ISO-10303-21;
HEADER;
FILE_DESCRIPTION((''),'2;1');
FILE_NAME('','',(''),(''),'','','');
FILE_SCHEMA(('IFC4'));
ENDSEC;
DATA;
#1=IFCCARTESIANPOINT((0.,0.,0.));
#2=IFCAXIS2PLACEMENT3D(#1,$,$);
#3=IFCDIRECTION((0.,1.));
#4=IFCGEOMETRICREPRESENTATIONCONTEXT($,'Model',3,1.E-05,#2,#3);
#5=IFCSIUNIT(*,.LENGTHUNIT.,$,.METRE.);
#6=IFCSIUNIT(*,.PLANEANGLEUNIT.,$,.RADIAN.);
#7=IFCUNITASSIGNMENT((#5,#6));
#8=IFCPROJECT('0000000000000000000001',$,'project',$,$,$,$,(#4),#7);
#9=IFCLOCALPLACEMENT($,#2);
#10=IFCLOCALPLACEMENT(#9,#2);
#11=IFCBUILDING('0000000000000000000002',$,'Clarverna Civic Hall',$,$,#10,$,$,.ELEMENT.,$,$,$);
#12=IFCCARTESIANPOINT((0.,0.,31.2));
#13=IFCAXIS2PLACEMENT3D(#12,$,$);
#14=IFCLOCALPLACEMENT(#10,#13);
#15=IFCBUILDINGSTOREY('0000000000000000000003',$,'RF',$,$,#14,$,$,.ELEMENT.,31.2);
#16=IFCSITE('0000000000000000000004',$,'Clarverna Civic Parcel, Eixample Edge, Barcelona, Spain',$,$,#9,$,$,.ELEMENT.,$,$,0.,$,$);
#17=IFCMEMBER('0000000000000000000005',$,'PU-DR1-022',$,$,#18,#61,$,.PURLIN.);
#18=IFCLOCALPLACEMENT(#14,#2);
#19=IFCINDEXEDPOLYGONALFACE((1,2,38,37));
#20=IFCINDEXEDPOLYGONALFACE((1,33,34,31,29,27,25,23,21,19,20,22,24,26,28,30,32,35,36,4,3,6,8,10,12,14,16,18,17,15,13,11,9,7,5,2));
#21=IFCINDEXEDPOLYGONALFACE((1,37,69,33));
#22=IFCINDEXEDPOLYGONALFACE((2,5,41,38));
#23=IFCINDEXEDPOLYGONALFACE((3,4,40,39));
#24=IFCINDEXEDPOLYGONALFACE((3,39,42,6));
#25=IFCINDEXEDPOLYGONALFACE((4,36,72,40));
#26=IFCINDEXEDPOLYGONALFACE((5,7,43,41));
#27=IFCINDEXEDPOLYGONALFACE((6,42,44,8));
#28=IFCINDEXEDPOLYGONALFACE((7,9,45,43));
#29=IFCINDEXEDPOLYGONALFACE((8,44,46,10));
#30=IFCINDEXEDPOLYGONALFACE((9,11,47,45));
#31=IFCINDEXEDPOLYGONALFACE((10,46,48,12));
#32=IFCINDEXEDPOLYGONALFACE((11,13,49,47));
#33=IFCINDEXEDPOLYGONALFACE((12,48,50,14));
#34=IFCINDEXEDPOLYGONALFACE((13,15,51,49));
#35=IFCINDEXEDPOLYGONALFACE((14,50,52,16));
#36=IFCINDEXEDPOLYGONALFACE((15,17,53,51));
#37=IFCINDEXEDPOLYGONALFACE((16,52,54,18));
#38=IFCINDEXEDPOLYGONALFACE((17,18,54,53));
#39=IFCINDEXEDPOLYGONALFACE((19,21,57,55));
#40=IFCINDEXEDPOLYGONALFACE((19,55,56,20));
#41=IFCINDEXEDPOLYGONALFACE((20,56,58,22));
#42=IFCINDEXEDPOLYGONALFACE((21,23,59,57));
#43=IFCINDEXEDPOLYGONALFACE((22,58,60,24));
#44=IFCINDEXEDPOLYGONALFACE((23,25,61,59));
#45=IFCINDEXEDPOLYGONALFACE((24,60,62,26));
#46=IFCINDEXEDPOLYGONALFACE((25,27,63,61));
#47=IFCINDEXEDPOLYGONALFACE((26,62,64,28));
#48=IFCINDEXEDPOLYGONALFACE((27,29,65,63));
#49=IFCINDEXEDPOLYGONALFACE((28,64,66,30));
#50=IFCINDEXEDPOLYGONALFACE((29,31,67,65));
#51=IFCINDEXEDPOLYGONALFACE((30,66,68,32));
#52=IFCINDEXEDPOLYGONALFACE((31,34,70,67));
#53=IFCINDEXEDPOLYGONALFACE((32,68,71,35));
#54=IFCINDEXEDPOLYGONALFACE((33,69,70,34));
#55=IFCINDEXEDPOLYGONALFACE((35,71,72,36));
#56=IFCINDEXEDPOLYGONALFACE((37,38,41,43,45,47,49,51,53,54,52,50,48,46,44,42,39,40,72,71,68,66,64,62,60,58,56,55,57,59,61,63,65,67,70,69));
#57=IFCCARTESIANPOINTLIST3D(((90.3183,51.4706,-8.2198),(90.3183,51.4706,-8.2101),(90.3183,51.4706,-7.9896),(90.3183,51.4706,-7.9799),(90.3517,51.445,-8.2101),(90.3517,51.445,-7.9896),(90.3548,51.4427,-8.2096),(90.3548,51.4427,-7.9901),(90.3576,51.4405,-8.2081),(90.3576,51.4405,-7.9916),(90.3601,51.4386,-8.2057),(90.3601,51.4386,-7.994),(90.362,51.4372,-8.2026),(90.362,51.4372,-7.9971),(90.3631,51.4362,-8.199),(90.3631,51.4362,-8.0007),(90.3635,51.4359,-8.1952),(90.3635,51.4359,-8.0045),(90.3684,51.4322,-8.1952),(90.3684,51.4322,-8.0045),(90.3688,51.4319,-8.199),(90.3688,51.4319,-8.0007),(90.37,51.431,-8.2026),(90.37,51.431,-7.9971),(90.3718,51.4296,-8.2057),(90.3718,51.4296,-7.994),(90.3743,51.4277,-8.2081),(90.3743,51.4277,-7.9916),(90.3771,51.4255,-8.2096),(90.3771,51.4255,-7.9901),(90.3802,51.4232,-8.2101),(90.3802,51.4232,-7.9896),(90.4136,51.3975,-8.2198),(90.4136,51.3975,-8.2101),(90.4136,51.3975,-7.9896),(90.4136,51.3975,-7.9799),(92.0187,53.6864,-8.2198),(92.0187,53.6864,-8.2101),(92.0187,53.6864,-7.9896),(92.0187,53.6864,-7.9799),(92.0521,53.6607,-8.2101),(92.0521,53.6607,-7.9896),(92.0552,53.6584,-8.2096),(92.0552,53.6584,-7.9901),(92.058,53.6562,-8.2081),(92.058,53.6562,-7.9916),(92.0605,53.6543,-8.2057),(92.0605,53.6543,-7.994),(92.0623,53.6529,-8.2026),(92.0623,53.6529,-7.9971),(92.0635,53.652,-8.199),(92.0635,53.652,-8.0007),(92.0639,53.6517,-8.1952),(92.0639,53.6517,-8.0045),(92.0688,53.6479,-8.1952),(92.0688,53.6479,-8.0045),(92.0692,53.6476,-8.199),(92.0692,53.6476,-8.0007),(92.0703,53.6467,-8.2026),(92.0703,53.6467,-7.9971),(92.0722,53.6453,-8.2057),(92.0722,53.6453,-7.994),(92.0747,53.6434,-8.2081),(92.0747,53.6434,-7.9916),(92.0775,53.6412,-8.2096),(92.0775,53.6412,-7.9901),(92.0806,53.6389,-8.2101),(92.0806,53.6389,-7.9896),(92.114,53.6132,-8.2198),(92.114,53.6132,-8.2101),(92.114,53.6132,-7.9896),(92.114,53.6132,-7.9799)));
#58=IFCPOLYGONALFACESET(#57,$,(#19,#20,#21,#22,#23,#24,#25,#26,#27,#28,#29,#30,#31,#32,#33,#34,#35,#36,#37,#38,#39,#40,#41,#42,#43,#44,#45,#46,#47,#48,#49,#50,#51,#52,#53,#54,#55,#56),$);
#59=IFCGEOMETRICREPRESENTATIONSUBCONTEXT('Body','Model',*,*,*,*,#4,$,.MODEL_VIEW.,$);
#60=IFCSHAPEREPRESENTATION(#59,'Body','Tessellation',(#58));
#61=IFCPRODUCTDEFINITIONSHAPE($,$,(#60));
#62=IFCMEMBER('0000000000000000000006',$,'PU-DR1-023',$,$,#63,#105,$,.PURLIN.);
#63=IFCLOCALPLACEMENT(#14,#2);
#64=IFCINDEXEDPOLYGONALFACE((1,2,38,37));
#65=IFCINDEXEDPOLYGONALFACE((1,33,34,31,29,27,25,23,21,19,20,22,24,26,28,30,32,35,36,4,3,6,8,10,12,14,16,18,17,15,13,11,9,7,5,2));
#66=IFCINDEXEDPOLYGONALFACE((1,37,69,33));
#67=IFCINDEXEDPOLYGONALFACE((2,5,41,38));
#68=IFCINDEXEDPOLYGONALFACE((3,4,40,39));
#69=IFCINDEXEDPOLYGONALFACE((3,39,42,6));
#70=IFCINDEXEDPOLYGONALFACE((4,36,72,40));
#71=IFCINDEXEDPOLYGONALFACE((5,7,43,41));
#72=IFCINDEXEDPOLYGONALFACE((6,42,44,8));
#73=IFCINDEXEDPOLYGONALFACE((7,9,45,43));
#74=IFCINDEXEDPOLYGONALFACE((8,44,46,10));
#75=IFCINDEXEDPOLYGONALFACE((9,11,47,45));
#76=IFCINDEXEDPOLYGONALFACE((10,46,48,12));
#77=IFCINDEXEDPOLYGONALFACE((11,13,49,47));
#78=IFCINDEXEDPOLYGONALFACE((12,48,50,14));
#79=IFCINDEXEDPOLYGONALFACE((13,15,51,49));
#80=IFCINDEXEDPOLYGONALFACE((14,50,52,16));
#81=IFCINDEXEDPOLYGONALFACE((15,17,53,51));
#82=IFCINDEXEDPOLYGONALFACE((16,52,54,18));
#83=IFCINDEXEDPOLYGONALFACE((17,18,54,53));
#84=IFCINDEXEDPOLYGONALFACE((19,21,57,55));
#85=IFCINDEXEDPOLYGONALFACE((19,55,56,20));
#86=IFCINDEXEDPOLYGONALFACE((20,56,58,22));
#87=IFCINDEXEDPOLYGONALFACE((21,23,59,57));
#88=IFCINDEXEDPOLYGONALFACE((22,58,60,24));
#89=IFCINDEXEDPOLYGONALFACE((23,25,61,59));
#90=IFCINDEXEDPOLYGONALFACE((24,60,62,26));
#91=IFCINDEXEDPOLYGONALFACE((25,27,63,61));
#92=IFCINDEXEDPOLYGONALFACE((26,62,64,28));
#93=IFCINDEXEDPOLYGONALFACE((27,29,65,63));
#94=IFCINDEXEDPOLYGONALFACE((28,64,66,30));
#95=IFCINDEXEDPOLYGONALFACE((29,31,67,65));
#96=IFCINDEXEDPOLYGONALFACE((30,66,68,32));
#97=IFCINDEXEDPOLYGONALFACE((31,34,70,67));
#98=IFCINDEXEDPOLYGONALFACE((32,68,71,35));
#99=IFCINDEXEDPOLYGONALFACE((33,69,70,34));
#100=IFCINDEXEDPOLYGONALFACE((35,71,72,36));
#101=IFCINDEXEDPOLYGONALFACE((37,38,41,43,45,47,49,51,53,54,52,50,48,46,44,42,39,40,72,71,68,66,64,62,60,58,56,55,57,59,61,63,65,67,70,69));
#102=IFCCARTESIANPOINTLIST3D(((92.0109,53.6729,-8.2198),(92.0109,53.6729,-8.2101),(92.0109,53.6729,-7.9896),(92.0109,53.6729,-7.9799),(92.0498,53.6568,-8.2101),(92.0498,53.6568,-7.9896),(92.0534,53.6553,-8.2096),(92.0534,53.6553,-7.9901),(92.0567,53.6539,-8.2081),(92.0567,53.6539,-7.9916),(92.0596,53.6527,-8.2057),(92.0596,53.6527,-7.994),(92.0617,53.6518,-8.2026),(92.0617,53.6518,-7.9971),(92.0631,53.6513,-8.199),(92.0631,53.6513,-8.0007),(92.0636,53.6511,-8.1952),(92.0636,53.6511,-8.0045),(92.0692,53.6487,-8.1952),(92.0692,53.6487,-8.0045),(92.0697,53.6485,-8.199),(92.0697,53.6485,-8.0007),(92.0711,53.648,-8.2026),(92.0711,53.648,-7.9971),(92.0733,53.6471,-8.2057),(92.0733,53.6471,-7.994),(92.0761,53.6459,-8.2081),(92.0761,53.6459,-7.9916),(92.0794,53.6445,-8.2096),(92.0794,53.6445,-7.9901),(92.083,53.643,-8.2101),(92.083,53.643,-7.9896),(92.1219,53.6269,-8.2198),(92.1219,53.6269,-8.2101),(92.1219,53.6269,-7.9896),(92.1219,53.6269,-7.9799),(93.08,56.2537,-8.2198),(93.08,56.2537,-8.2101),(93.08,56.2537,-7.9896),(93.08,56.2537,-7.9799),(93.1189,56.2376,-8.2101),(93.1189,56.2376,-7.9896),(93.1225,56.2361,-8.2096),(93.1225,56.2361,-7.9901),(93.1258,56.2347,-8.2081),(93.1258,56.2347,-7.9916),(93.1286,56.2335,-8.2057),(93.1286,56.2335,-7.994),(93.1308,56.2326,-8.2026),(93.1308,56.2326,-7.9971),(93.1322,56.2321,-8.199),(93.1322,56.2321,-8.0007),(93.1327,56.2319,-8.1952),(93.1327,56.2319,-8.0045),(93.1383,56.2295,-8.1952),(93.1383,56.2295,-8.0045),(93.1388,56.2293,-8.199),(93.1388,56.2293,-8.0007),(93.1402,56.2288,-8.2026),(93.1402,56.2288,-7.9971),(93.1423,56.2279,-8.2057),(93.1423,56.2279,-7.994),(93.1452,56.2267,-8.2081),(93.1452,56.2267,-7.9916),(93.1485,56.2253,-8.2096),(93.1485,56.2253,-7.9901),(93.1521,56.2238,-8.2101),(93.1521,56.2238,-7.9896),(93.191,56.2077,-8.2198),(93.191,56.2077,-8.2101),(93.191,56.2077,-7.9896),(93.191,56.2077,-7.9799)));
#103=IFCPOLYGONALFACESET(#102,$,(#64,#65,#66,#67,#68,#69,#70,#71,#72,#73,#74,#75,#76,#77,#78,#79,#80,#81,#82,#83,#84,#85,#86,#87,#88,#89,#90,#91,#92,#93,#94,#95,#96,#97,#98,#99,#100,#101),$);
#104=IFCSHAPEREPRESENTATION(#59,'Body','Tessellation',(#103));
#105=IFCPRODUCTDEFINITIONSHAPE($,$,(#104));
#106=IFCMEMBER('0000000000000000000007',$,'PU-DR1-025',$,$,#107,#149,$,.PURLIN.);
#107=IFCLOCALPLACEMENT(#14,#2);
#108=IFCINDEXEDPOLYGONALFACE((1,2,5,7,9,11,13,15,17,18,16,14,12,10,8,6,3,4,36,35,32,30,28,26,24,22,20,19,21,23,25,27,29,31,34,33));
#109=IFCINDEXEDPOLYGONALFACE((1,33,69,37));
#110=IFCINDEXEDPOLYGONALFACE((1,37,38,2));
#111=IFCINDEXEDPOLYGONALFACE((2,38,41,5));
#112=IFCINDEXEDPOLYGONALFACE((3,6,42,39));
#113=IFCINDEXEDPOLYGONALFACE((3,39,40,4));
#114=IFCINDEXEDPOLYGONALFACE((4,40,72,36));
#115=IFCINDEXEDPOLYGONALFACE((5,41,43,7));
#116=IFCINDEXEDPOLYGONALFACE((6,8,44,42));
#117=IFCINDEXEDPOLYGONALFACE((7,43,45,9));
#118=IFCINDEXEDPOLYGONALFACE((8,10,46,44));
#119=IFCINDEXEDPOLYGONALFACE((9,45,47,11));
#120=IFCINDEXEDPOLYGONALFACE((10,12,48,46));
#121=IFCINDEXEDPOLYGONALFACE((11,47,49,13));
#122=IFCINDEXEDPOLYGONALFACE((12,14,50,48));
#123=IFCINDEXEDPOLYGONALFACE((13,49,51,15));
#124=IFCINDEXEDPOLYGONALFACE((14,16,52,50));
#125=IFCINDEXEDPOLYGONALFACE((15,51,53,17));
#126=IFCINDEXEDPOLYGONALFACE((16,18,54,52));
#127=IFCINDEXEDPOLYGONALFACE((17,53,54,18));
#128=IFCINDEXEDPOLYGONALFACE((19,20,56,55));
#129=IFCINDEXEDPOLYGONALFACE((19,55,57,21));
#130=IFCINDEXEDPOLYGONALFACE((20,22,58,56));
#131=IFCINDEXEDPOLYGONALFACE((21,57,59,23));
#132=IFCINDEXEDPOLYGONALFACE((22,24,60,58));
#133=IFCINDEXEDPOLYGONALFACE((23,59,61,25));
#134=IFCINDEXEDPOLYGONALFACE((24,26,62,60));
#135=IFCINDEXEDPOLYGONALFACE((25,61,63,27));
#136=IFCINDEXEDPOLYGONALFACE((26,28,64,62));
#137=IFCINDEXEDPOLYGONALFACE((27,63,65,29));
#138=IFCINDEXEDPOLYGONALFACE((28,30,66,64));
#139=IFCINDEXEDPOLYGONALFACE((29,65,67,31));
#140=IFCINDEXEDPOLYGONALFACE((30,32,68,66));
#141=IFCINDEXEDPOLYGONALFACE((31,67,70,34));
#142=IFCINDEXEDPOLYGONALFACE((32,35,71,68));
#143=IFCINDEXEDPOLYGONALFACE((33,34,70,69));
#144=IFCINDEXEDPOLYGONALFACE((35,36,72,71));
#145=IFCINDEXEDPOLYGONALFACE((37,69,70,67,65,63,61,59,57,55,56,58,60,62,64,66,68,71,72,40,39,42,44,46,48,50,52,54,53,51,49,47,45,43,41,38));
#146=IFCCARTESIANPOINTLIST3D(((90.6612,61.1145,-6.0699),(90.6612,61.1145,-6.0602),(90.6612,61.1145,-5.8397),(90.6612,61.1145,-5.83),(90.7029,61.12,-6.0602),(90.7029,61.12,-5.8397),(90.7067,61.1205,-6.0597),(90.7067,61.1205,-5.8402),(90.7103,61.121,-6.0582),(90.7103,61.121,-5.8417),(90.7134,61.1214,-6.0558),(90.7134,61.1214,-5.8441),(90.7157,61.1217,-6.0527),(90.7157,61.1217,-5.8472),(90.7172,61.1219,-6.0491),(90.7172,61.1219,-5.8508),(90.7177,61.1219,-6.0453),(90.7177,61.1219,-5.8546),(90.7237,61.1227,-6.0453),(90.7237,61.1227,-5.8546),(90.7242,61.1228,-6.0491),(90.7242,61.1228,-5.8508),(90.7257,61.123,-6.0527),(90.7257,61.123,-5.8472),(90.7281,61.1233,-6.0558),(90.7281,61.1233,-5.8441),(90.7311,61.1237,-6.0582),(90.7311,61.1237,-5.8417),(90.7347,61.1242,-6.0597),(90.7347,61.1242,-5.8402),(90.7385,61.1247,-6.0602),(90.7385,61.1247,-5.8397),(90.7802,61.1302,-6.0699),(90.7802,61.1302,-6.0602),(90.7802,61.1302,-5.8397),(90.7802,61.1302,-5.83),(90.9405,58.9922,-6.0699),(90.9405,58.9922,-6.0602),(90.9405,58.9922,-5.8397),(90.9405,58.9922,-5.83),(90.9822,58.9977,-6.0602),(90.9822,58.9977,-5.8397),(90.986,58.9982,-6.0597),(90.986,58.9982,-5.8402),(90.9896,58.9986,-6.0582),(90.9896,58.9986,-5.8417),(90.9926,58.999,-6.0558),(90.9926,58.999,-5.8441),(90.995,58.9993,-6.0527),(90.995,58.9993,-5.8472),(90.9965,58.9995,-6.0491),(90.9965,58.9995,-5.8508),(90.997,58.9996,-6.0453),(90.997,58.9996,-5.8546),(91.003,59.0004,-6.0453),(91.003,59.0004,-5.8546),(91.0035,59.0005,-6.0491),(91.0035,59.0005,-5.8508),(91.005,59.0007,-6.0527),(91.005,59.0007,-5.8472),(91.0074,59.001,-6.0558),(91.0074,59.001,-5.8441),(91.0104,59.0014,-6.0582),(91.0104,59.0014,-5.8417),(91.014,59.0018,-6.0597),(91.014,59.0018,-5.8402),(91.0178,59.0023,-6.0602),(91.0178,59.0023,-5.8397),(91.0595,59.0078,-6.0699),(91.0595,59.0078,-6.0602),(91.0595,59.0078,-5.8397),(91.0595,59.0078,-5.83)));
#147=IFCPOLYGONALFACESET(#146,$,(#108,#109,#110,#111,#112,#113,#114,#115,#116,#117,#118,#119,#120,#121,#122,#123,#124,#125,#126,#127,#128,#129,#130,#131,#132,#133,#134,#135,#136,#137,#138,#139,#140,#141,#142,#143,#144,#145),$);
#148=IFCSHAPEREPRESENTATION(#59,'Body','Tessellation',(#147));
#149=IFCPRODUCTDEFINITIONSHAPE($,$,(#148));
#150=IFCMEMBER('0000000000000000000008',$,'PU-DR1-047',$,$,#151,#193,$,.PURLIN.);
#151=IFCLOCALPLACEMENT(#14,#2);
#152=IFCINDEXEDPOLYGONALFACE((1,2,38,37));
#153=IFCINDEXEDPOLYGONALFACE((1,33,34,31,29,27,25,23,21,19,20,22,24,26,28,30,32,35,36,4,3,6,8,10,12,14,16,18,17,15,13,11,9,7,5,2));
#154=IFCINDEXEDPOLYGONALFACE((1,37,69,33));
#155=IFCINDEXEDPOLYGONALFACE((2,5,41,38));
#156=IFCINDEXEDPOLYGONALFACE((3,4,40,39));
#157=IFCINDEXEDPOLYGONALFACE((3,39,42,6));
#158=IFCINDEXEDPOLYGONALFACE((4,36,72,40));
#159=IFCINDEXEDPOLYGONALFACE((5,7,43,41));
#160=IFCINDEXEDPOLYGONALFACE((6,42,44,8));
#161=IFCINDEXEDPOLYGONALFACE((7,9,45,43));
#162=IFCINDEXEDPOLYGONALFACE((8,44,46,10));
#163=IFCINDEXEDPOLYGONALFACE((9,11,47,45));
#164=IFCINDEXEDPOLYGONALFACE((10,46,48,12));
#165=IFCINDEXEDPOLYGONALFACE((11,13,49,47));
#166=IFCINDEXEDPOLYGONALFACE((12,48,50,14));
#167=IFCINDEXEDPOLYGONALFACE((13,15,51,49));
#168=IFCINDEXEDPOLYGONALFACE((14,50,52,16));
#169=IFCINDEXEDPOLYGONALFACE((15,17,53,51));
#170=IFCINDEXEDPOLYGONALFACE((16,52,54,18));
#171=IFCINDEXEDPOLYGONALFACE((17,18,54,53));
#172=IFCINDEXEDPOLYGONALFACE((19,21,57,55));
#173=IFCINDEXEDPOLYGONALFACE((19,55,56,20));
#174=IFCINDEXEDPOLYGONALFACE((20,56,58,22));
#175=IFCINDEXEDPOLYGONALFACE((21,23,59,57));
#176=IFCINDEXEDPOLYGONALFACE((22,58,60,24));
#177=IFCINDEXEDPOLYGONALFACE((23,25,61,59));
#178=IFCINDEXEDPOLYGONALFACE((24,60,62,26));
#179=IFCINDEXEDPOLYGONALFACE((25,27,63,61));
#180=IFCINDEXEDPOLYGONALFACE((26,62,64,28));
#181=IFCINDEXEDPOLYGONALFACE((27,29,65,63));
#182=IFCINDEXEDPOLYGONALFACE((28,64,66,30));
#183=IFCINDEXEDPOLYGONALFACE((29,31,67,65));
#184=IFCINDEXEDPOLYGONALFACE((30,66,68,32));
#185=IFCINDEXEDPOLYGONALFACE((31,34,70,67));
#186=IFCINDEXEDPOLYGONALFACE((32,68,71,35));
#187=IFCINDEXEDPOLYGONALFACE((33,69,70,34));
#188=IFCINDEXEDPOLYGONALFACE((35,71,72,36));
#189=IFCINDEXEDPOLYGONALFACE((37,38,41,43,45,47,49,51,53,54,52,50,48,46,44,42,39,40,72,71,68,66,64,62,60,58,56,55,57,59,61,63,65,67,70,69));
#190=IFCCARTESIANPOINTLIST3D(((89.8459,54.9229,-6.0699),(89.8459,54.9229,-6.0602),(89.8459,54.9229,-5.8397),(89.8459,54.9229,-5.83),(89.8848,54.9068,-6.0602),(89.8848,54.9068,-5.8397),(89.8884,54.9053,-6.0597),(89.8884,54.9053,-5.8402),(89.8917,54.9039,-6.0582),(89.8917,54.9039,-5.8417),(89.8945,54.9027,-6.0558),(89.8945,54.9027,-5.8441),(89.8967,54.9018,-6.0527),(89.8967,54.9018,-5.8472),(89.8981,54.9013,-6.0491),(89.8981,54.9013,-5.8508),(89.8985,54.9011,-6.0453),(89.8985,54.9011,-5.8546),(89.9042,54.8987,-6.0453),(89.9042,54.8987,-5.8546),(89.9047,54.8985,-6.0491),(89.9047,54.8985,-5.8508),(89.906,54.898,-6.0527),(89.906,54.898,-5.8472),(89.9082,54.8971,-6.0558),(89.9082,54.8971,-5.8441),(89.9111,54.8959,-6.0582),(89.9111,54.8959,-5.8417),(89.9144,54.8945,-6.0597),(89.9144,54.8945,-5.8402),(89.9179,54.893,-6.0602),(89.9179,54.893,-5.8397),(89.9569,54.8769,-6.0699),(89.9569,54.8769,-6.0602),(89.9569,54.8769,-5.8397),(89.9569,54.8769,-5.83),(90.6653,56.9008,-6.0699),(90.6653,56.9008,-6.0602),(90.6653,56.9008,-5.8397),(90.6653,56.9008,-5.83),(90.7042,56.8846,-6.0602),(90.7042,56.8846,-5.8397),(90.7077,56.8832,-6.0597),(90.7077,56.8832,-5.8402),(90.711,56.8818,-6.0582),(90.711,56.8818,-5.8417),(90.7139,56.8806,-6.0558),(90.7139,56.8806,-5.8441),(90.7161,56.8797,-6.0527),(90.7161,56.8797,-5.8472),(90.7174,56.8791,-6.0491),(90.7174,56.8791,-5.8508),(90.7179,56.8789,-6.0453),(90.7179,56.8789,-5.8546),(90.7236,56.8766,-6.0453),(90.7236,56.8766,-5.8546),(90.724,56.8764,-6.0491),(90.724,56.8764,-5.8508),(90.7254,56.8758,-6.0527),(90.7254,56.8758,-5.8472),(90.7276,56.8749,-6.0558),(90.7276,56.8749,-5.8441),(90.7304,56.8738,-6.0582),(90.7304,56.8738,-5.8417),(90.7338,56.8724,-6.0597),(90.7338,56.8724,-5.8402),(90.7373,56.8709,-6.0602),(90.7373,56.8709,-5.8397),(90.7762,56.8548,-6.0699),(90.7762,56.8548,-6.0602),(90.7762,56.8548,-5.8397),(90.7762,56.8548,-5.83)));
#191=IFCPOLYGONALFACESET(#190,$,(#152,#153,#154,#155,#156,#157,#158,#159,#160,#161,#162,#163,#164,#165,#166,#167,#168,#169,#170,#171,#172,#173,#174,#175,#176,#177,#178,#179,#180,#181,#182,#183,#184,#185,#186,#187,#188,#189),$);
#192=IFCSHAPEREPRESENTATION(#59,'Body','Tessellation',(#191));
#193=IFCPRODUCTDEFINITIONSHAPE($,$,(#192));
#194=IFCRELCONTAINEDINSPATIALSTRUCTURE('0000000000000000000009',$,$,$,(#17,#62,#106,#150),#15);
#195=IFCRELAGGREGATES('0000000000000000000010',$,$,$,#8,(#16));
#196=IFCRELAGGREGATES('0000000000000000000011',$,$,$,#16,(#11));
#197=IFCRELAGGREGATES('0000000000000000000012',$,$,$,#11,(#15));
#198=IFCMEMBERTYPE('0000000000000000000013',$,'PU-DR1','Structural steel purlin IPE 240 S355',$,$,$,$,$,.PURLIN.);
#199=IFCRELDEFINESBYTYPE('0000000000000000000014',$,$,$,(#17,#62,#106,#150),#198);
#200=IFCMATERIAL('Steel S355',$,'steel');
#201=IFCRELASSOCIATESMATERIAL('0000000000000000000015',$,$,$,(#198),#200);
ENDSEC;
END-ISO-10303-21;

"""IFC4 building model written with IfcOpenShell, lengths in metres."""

from ifc_helpers import new_model, si_unit, direction, frame, origin, origin_2d, place, context, subcontext, project, spatial, i_section, extrude, material, material_profile, profile_set, type_object, element, save


model = new_model("IFC4")

# Units and contexts
model_context = context("Model", 3, precision=1e-05, world=origin(), true_north=direction((0.0, 1.0)))
body_context = subcontext(model_context, "Body", "Model", "MODEL_VIEW")
ifc_project = project(units=[si_unit("LENGTHUNIT", "METRE"), si_unit("PLANEANGLEUNIT", "RADIAN")], contexts=[model_context])

# Site, building, storey
site_placement = place(None, origin())
site = spatial("IfcSite", under=ifc_project, at=site_placement, Name="Clarverna Civic Parcel, Eixample Edge, Barcelona, Spain", CompositionType="ELEMENT", RefElevation=0.0)
building_placement = place(site_placement, origin())
building = spatial("IfcBuilding", under=site, at=building_placement, Name="Clarverna Civic Hall", CompositionType="ELEMENT")
storey_placement = place(building_placement, frame((0.0, 0.0, 31.2)))
storey = spatial("IfcBuildingStorey", under=building, at=storey_placement, Name="RF", CompositionType="ELEMENT", Elevation=31.2)

# Members
ifc_material_1 = material(Name="Steel S355", Category="steel")
ifc_material_profile_1 = material_profile(ifc_material_1, i_section(OverallWidth=0.1201, OverallDepth=0.24, WebThickness=0.0061, FlangeThickness=0.0098, FilletRadius=0.0149, at=origin_2d()), Name="IPE 240")
ifc_profile_set_1 = profile_set([ifc_material_profile_1], Name="Steel S355")
member_type_1 = type_object("IfcMemberType", Name="PU-DR1", Description="Structural steel purlin IPE 240 S355", PredefinedType="PURLIN", material=ifc_profile_set_1)
member_1_placement = place(storey_placement, frame((90.366, 51.4341, -8.0999), z_axis=(0.608802, 0.793322, 0.0), x_axis=(-0.793322, 0.608802, 0.0)))
element("IfcMember", 1, at=member_1_placement, inside=storey, type_object=member_type_1, Name="PU-DR1-022", PredefinedType="PURLIN", context=body_context, shape_type="SweptSolid", body=[
    extrude(i_section(OverallWidth=0.1201, OverallDepth=0.24, WebThickness=0.0061, FlangeThickness=0.0098, FilletRadius=0.0149, at=origin_2d()), origin(), (0.0, 0.0, 1.0), 2.793),
])
member_2_placement = place(storey_placement, frame((92.0664, 53.6499, -8.0999), z_axis=(0.382709, 0.923869, 0.0), x_axis=(-0.923869, 0.382709, 0.0)))
element("IfcMember", 2, at=member_2_placement, inside=storey, type_object=member_type_1, Name="PU-DR1-023", PredefinedType="PURLIN", context=body_context, shape_type="SweptSolid", body=[
    extrude(i_section(OverallWidth=0.1201, OverallDepth=0.24, WebThickness=0.0061, FlangeThickness=0.0098, FilletRadius=0.0149, at=origin_2d()), origin(), (0.0, 0.0, 1.0), 2.7935),
])
member_3_placement = place(storey_placement, frame((91.0, 59.0, -5.95), z_axis=(-0.130475, 0.991452, 0.0), x_axis=(-0.991452, -0.130475, 0.0)))
element("IfcMember", 3, at=member_3_placement, inside=storey, type_object=member_type_1, Name="PU-DR1-025", PredefinedType="PURLIN", context=body_context, shape_type="SweptSolid", body=[
    extrude(i_section(OverallWidth=0.1201, OverallDepth=0.24, WebThickness=0.0061, FlangeThickness=0.0098, FilletRadius=0.0149, at=origin_2d()), origin(), (0.0, 0.0, 1.0), 2.1406),
])
member_4_placement = place(storey_placement, frame((89.9014, 54.8999, -5.95), z_axis=(0.382728, 0.923861, 0.0), x_axis=(-0.923861, 0.382728, 0.0)))
element("IfcMember", 4, at=member_4_placement, inside=storey, type_object=member_type_1, Name="PU-DR1-047", PredefinedType="PURLIN", context=body_context, shape_type="SweptSolid", body=[
    extrude(i_section(OverallWidth=0.1201, OverallDepth=0.24, WebThickness=0.0061, FlangeThickness=0.0098, FilletRadius=0.0149, at=origin_2d()), origin(), (0.0, 0.0, 1.0), 2.1409),
])

save(model, "model.ifc")
